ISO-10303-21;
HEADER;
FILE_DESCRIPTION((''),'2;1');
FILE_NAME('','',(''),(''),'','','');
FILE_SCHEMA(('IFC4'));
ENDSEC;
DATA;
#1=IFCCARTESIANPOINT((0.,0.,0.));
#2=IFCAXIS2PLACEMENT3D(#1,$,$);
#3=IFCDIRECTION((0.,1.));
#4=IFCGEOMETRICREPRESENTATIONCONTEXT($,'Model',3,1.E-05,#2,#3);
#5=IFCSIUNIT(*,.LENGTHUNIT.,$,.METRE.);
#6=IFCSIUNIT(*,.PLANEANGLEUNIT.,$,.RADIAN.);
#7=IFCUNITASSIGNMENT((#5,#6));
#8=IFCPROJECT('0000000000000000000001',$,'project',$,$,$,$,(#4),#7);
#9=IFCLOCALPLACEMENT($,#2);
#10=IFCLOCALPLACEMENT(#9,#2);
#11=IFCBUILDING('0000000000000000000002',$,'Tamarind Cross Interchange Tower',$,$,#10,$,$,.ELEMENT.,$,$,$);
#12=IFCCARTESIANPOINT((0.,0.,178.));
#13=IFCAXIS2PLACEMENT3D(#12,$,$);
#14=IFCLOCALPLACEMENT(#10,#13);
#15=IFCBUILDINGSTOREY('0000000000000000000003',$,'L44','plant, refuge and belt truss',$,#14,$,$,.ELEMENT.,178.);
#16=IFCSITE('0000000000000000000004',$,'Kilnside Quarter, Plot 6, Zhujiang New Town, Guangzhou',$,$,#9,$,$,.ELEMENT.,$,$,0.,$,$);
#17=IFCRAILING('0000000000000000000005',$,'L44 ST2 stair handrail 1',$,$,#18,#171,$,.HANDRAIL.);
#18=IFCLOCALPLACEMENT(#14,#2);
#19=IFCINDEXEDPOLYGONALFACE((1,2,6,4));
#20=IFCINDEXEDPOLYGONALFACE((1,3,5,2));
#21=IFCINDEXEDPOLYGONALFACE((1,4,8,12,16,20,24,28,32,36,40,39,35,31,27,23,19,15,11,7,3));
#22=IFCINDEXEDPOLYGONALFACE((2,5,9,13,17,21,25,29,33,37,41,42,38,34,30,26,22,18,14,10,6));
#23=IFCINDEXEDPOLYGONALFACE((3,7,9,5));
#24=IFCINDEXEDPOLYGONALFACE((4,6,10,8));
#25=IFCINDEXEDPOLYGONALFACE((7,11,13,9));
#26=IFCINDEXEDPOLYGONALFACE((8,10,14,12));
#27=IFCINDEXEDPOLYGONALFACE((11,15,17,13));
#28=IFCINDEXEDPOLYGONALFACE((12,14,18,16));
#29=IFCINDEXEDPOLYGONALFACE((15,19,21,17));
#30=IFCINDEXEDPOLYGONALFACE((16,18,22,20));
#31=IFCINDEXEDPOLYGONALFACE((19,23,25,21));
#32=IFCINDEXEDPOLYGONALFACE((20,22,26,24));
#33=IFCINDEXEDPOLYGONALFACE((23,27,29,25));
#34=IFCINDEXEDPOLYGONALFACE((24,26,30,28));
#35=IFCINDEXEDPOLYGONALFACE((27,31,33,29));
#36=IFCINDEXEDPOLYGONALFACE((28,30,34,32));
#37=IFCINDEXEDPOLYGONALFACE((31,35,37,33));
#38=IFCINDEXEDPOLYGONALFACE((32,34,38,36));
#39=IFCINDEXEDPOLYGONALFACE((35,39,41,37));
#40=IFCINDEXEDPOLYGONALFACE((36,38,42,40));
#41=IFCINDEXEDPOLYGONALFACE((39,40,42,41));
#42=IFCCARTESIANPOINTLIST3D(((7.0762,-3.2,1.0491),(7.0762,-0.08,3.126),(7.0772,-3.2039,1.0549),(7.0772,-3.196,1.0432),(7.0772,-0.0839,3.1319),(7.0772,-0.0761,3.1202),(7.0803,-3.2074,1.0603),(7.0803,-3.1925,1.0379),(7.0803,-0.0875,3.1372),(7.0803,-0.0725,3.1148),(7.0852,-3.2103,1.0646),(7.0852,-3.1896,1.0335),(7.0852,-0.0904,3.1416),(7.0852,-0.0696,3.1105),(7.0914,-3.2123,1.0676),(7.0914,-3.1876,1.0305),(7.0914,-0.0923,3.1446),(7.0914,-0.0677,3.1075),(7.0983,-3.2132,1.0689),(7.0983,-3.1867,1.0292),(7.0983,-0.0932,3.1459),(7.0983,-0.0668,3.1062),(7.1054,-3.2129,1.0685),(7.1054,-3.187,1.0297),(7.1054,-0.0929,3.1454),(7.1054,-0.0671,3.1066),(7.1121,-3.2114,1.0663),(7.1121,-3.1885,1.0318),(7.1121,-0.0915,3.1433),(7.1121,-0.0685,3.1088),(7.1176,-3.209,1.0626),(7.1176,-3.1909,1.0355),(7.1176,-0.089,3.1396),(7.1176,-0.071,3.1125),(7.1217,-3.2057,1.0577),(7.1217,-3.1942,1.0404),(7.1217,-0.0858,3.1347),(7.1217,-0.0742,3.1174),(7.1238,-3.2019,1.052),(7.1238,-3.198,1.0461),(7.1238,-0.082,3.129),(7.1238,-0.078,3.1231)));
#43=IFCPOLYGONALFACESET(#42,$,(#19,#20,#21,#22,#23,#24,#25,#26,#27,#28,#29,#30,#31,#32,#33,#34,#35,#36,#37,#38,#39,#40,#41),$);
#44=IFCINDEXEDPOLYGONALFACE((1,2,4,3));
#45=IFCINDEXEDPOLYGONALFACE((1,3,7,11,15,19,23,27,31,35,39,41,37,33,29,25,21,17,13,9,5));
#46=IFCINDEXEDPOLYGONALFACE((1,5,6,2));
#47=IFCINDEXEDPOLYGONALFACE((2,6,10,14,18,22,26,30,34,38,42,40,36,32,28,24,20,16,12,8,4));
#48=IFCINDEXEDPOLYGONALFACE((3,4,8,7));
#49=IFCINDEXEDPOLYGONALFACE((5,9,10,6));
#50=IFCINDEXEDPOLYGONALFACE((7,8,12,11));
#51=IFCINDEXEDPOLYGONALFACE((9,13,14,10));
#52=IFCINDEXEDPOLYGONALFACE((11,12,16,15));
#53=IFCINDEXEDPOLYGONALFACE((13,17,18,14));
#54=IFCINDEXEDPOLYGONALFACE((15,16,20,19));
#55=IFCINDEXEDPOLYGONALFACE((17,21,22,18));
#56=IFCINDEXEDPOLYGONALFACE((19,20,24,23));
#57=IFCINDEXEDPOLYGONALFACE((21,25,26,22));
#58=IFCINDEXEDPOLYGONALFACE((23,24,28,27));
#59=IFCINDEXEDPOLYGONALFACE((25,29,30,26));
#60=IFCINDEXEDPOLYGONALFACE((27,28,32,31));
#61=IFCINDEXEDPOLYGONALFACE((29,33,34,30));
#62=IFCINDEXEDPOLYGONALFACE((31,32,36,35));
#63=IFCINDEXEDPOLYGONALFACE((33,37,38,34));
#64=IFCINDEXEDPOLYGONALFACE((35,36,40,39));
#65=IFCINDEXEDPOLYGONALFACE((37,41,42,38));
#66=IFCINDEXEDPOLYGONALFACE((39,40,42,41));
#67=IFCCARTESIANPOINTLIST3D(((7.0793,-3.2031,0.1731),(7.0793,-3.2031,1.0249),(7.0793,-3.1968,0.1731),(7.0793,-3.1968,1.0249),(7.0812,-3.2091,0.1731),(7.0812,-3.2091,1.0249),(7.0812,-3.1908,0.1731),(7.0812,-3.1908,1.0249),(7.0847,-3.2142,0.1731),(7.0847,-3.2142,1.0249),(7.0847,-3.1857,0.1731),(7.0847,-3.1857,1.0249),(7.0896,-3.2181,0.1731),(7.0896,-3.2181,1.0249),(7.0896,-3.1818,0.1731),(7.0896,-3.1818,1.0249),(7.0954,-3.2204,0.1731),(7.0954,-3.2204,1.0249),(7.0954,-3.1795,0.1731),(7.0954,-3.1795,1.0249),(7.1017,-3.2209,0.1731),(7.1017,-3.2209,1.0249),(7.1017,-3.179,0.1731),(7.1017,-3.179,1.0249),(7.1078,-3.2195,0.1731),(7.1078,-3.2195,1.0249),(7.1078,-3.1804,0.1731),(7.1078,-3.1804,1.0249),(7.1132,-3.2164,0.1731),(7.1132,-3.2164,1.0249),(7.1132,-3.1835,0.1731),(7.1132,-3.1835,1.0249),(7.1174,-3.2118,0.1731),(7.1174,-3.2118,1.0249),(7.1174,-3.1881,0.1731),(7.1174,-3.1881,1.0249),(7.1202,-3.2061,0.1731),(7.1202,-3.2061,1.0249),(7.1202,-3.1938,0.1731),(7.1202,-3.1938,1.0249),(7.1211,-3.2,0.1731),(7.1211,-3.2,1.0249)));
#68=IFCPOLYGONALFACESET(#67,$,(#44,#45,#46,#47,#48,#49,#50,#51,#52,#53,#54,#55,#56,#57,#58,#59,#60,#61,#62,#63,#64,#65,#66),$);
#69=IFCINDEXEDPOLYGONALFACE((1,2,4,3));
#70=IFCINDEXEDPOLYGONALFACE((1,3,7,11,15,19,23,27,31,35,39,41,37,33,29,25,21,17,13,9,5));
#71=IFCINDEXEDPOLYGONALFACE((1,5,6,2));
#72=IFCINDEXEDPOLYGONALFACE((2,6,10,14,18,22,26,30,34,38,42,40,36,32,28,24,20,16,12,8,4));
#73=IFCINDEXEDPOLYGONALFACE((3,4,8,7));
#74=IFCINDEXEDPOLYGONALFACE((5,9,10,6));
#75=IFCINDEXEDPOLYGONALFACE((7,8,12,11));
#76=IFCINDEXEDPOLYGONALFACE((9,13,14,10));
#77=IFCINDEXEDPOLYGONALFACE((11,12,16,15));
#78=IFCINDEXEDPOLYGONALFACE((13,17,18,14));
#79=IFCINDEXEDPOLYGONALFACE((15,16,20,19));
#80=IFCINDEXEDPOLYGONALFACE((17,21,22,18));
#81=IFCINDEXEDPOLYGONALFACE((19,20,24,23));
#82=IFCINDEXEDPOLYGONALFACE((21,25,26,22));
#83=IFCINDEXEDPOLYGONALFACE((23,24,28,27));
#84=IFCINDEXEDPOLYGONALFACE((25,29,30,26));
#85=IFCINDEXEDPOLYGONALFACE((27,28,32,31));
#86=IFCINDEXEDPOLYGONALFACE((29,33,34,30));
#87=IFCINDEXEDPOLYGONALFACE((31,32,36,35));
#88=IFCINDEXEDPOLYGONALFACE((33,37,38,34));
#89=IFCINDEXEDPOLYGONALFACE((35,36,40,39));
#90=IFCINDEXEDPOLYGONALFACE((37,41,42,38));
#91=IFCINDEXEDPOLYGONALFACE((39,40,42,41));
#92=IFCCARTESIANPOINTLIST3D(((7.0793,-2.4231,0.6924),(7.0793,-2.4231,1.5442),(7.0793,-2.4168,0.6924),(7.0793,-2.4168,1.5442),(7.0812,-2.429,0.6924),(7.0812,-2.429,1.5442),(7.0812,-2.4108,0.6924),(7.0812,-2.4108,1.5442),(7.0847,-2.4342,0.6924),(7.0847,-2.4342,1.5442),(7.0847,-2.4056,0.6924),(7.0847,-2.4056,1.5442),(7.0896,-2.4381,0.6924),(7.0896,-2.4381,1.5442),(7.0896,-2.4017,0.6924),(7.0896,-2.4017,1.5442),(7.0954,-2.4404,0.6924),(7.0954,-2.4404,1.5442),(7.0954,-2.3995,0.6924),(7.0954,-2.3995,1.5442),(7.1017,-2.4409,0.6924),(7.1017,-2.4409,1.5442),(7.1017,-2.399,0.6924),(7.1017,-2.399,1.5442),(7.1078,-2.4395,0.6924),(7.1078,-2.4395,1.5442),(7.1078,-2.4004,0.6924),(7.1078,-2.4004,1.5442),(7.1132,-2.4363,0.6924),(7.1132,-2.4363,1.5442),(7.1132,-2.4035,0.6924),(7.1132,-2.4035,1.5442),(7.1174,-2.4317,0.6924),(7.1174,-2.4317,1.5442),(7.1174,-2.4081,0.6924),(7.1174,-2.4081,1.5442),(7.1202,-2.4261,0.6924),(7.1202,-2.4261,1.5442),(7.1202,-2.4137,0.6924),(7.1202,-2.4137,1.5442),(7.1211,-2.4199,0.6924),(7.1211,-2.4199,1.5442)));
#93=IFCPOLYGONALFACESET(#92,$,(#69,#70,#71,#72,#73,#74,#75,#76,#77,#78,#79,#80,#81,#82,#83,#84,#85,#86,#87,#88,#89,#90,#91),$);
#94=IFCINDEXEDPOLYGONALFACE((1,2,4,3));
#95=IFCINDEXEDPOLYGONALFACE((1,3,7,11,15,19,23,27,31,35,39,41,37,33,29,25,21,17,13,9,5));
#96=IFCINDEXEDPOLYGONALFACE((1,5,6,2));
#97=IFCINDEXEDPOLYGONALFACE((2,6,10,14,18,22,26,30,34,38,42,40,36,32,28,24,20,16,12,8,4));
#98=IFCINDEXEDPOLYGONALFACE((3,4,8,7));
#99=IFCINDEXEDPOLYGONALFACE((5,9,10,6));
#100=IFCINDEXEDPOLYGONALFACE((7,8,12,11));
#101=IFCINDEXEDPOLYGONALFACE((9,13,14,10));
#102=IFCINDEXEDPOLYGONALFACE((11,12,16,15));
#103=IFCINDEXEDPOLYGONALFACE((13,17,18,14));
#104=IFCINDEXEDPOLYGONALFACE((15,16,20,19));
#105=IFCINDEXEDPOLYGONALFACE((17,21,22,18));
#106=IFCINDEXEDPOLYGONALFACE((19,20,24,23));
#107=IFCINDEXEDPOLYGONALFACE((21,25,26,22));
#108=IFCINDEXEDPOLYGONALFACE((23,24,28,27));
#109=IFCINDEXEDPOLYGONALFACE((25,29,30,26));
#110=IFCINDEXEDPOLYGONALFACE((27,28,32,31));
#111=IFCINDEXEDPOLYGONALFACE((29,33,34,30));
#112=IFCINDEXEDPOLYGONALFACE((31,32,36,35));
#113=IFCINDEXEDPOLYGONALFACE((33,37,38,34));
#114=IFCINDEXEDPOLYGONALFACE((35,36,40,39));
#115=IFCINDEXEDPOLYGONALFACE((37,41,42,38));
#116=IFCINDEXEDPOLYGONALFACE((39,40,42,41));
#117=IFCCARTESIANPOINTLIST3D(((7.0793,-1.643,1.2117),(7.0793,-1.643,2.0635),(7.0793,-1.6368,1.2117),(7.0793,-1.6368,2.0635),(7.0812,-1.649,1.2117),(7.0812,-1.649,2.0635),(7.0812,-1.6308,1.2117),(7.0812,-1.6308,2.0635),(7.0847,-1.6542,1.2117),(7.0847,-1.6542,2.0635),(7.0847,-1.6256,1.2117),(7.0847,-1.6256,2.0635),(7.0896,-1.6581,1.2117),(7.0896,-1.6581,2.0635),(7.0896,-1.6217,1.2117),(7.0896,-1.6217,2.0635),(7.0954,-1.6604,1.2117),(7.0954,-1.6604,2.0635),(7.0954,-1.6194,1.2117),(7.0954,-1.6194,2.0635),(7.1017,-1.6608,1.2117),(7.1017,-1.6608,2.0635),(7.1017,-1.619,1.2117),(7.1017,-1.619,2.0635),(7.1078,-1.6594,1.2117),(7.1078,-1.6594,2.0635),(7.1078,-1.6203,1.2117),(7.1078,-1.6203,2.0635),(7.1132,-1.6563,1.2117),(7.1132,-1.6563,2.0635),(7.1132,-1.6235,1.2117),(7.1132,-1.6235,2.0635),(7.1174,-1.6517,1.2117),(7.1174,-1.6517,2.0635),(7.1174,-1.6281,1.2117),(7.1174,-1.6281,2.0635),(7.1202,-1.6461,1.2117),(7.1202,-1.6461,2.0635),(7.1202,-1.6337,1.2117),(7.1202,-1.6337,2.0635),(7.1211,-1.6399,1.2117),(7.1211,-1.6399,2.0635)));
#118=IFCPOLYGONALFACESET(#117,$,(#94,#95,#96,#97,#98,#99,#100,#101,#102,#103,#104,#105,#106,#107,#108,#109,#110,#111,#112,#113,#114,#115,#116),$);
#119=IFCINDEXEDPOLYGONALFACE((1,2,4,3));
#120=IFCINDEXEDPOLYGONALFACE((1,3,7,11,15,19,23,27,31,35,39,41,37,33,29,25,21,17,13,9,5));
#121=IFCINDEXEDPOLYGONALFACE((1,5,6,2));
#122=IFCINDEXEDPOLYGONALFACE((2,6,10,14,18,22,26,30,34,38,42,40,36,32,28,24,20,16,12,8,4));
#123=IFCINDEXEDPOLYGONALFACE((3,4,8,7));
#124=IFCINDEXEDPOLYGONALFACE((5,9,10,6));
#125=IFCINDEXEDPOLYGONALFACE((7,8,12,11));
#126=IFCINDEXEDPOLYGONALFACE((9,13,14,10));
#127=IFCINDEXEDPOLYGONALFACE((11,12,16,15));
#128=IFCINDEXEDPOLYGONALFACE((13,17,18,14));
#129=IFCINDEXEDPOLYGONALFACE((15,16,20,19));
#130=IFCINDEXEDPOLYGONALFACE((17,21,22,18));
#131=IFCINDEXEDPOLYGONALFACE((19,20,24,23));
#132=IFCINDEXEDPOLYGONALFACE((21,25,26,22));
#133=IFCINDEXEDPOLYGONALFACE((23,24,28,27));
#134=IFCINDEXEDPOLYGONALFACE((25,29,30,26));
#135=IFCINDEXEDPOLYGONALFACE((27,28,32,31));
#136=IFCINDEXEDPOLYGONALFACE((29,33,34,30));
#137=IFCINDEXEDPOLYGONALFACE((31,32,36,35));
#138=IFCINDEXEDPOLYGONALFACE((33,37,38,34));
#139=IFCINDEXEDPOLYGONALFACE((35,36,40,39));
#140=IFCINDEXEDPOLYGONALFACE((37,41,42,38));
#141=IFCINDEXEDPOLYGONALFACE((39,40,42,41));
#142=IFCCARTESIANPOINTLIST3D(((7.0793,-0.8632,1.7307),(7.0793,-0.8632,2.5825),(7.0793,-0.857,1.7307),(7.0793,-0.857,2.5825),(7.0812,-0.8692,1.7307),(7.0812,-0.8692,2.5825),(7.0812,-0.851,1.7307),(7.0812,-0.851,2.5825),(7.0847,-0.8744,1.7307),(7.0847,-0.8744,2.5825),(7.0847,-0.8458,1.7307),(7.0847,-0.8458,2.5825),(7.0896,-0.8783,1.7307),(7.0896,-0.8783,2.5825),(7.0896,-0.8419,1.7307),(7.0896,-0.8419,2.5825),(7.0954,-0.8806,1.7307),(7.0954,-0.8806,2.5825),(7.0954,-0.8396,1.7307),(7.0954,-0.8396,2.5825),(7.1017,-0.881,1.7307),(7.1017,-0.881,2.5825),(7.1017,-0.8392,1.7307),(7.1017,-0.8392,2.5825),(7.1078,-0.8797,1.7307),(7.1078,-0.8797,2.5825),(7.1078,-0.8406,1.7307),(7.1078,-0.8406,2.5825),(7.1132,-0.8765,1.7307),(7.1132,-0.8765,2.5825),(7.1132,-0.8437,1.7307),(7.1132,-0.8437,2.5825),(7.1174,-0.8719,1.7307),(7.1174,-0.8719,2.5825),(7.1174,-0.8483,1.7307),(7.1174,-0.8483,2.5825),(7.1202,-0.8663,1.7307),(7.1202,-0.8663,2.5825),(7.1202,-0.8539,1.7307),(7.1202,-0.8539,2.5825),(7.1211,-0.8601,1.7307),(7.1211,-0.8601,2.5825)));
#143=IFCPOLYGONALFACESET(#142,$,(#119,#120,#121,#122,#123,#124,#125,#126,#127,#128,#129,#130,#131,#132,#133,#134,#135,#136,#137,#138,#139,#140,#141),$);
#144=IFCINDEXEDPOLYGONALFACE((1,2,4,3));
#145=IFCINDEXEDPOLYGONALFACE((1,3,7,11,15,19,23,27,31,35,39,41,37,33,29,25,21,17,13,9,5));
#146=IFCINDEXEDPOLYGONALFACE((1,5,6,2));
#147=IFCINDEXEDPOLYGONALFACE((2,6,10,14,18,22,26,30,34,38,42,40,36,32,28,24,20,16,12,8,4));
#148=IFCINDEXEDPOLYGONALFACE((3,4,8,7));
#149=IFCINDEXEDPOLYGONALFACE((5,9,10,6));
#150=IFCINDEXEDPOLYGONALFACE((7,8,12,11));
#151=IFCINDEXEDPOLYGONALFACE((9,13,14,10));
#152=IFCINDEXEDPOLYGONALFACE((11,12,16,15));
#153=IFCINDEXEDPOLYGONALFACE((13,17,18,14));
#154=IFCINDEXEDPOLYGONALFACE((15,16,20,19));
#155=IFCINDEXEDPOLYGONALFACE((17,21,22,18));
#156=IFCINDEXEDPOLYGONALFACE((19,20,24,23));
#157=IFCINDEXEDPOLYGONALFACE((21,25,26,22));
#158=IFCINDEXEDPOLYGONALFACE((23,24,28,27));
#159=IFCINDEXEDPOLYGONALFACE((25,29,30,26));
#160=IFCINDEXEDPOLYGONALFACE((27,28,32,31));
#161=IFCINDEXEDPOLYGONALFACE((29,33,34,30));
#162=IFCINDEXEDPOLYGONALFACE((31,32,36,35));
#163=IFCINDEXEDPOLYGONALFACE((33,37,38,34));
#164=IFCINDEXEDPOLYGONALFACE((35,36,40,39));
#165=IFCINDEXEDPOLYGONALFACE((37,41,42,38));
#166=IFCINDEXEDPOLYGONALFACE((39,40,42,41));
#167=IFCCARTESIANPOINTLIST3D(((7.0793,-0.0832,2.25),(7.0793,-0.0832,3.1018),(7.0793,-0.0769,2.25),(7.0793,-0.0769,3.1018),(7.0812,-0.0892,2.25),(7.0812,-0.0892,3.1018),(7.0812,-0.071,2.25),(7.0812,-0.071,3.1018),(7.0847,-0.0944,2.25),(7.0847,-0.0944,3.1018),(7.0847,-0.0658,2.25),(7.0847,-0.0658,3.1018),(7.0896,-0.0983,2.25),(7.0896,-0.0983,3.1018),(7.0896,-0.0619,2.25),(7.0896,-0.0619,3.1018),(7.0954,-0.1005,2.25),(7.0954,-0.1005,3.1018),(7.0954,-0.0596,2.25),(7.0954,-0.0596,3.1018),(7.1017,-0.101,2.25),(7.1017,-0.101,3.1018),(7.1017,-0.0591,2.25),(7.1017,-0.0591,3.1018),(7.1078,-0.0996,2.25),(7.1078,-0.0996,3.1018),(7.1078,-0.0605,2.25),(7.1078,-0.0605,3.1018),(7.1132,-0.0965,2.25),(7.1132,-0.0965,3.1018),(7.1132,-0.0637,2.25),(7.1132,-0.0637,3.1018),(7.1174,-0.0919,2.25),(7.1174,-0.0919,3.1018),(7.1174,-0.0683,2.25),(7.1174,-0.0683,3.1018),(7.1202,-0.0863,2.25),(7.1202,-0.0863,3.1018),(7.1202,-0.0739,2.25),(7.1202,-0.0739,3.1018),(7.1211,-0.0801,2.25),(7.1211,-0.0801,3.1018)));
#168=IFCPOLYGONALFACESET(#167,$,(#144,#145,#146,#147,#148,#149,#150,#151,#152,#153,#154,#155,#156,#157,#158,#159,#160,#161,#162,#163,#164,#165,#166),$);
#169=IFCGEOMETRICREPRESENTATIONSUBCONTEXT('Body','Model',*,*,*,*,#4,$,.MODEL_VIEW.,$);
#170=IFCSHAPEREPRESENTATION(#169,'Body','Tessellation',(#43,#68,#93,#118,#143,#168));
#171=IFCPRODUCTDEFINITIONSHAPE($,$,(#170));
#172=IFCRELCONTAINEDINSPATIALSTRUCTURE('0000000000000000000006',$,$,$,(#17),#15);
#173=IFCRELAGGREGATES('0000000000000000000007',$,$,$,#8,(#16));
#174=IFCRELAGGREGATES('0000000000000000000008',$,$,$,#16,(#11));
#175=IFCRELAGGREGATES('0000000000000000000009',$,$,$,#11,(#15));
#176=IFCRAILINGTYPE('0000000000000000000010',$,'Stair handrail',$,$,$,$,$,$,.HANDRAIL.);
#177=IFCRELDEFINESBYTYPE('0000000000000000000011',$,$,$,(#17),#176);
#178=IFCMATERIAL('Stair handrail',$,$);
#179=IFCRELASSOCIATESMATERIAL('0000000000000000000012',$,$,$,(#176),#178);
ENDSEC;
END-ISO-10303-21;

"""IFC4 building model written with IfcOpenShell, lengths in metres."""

from ifc_helpers import new_model, si_unit, direction, frame, origin, origin_2d, place, context, subcontext, project, spatial, circle, extrude, material, type_object, element, save


model = new_model("IFC4")

# Units and contexts
model_context = context("Model", 3, precision=1e-05, world=origin(), true_north=direction((0.0, 1.0)))
body_context = subcontext(model_context, "Body", "Model", "MODEL_VIEW")
ifc_project = project(units=[si_unit("LENGTHUNIT", "METRE"), si_unit("PLANEANGLEUNIT", "RADIAN")], contexts=[model_context])

# Site, building, storey
site_placement = place(None, origin())
site = spatial("IfcSite", under=ifc_project, at=site_placement, Name="Kilnside Quarter, Plot 6, Zhujiang New Town, Guangzhou", CompositionType="ELEMENT", RefElevation=0.0)
building_placement = place(site_placement, origin())
building = spatial("IfcBuilding", under=site, at=building_placement, Name="Tamarind Cross Interchange Tower", CompositionType="ELEMENT")
storey_placement = place(building_placement, frame((0.0, 0.0, 178.0)))
storey = spatial("IfcBuildingStorey", under=building, at=storey_placement, Name="L44", Description="plant, refuge and belt truss", CompositionType="ELEMENT", Elevation=178.0)

# Railing
ifc_material_1 = material(Name="Stair handrail")
railing_type_1 = type_object("IfcRailingType", Name="Stair handrail", PredefinedType="HANDRAIL", material=ifc_material_1)
railing_1_placement = place(storey_placement, frame((7.1001, -3.2, 0.1731)))
element("IfcRailing", 1, at=railing_1_placement, inside=storey, type_object=railing_type_1, Name="L44 ST2 stair handrail 1", PredefinedType="HANDRAIL", context=body_context, shape_type="SweptSolid", body=[
    extrude(circle(Radius=0.0239, at=origin_2d()), frame((0.0, 0.0, 0.876), z_axis=(0.0, 0.832421, 0.554144), x_axis=(-1.0, 0.0, 0.0)), (0.0, 0.0, 1.0), 3.748),
    extrude(circle(Radius=0.021, at=origin_2d()), origin(), (0.0, 0.0, 1.0), 0.8518),
    extrude(circle(Radius=0.021, at=origin_2d()), frame((0.0, 0.78, 0.5193)), (0.0, 0.0, 1.0), 0.8518),
    extrude(circle(Radius=0.021, at=origin_2d()), frame((0.0, 1.5601, 1.0386)), (0.0, 0.0, 1.0), 0.8518),
    extrude(circle(Radius=0.021, at=origin_2d()), frame((0.0, 2.3398, 1.5576)), (0.0, 0.0, 1.0), 0.8518),
    extrude(circle(Radius=0.021, at=origin_2d()), frame((0.0, 3.1199, 2.0769)), (0.0, 0.0, 1.0), 0.8518),
])

save(model, "model.ifc")
